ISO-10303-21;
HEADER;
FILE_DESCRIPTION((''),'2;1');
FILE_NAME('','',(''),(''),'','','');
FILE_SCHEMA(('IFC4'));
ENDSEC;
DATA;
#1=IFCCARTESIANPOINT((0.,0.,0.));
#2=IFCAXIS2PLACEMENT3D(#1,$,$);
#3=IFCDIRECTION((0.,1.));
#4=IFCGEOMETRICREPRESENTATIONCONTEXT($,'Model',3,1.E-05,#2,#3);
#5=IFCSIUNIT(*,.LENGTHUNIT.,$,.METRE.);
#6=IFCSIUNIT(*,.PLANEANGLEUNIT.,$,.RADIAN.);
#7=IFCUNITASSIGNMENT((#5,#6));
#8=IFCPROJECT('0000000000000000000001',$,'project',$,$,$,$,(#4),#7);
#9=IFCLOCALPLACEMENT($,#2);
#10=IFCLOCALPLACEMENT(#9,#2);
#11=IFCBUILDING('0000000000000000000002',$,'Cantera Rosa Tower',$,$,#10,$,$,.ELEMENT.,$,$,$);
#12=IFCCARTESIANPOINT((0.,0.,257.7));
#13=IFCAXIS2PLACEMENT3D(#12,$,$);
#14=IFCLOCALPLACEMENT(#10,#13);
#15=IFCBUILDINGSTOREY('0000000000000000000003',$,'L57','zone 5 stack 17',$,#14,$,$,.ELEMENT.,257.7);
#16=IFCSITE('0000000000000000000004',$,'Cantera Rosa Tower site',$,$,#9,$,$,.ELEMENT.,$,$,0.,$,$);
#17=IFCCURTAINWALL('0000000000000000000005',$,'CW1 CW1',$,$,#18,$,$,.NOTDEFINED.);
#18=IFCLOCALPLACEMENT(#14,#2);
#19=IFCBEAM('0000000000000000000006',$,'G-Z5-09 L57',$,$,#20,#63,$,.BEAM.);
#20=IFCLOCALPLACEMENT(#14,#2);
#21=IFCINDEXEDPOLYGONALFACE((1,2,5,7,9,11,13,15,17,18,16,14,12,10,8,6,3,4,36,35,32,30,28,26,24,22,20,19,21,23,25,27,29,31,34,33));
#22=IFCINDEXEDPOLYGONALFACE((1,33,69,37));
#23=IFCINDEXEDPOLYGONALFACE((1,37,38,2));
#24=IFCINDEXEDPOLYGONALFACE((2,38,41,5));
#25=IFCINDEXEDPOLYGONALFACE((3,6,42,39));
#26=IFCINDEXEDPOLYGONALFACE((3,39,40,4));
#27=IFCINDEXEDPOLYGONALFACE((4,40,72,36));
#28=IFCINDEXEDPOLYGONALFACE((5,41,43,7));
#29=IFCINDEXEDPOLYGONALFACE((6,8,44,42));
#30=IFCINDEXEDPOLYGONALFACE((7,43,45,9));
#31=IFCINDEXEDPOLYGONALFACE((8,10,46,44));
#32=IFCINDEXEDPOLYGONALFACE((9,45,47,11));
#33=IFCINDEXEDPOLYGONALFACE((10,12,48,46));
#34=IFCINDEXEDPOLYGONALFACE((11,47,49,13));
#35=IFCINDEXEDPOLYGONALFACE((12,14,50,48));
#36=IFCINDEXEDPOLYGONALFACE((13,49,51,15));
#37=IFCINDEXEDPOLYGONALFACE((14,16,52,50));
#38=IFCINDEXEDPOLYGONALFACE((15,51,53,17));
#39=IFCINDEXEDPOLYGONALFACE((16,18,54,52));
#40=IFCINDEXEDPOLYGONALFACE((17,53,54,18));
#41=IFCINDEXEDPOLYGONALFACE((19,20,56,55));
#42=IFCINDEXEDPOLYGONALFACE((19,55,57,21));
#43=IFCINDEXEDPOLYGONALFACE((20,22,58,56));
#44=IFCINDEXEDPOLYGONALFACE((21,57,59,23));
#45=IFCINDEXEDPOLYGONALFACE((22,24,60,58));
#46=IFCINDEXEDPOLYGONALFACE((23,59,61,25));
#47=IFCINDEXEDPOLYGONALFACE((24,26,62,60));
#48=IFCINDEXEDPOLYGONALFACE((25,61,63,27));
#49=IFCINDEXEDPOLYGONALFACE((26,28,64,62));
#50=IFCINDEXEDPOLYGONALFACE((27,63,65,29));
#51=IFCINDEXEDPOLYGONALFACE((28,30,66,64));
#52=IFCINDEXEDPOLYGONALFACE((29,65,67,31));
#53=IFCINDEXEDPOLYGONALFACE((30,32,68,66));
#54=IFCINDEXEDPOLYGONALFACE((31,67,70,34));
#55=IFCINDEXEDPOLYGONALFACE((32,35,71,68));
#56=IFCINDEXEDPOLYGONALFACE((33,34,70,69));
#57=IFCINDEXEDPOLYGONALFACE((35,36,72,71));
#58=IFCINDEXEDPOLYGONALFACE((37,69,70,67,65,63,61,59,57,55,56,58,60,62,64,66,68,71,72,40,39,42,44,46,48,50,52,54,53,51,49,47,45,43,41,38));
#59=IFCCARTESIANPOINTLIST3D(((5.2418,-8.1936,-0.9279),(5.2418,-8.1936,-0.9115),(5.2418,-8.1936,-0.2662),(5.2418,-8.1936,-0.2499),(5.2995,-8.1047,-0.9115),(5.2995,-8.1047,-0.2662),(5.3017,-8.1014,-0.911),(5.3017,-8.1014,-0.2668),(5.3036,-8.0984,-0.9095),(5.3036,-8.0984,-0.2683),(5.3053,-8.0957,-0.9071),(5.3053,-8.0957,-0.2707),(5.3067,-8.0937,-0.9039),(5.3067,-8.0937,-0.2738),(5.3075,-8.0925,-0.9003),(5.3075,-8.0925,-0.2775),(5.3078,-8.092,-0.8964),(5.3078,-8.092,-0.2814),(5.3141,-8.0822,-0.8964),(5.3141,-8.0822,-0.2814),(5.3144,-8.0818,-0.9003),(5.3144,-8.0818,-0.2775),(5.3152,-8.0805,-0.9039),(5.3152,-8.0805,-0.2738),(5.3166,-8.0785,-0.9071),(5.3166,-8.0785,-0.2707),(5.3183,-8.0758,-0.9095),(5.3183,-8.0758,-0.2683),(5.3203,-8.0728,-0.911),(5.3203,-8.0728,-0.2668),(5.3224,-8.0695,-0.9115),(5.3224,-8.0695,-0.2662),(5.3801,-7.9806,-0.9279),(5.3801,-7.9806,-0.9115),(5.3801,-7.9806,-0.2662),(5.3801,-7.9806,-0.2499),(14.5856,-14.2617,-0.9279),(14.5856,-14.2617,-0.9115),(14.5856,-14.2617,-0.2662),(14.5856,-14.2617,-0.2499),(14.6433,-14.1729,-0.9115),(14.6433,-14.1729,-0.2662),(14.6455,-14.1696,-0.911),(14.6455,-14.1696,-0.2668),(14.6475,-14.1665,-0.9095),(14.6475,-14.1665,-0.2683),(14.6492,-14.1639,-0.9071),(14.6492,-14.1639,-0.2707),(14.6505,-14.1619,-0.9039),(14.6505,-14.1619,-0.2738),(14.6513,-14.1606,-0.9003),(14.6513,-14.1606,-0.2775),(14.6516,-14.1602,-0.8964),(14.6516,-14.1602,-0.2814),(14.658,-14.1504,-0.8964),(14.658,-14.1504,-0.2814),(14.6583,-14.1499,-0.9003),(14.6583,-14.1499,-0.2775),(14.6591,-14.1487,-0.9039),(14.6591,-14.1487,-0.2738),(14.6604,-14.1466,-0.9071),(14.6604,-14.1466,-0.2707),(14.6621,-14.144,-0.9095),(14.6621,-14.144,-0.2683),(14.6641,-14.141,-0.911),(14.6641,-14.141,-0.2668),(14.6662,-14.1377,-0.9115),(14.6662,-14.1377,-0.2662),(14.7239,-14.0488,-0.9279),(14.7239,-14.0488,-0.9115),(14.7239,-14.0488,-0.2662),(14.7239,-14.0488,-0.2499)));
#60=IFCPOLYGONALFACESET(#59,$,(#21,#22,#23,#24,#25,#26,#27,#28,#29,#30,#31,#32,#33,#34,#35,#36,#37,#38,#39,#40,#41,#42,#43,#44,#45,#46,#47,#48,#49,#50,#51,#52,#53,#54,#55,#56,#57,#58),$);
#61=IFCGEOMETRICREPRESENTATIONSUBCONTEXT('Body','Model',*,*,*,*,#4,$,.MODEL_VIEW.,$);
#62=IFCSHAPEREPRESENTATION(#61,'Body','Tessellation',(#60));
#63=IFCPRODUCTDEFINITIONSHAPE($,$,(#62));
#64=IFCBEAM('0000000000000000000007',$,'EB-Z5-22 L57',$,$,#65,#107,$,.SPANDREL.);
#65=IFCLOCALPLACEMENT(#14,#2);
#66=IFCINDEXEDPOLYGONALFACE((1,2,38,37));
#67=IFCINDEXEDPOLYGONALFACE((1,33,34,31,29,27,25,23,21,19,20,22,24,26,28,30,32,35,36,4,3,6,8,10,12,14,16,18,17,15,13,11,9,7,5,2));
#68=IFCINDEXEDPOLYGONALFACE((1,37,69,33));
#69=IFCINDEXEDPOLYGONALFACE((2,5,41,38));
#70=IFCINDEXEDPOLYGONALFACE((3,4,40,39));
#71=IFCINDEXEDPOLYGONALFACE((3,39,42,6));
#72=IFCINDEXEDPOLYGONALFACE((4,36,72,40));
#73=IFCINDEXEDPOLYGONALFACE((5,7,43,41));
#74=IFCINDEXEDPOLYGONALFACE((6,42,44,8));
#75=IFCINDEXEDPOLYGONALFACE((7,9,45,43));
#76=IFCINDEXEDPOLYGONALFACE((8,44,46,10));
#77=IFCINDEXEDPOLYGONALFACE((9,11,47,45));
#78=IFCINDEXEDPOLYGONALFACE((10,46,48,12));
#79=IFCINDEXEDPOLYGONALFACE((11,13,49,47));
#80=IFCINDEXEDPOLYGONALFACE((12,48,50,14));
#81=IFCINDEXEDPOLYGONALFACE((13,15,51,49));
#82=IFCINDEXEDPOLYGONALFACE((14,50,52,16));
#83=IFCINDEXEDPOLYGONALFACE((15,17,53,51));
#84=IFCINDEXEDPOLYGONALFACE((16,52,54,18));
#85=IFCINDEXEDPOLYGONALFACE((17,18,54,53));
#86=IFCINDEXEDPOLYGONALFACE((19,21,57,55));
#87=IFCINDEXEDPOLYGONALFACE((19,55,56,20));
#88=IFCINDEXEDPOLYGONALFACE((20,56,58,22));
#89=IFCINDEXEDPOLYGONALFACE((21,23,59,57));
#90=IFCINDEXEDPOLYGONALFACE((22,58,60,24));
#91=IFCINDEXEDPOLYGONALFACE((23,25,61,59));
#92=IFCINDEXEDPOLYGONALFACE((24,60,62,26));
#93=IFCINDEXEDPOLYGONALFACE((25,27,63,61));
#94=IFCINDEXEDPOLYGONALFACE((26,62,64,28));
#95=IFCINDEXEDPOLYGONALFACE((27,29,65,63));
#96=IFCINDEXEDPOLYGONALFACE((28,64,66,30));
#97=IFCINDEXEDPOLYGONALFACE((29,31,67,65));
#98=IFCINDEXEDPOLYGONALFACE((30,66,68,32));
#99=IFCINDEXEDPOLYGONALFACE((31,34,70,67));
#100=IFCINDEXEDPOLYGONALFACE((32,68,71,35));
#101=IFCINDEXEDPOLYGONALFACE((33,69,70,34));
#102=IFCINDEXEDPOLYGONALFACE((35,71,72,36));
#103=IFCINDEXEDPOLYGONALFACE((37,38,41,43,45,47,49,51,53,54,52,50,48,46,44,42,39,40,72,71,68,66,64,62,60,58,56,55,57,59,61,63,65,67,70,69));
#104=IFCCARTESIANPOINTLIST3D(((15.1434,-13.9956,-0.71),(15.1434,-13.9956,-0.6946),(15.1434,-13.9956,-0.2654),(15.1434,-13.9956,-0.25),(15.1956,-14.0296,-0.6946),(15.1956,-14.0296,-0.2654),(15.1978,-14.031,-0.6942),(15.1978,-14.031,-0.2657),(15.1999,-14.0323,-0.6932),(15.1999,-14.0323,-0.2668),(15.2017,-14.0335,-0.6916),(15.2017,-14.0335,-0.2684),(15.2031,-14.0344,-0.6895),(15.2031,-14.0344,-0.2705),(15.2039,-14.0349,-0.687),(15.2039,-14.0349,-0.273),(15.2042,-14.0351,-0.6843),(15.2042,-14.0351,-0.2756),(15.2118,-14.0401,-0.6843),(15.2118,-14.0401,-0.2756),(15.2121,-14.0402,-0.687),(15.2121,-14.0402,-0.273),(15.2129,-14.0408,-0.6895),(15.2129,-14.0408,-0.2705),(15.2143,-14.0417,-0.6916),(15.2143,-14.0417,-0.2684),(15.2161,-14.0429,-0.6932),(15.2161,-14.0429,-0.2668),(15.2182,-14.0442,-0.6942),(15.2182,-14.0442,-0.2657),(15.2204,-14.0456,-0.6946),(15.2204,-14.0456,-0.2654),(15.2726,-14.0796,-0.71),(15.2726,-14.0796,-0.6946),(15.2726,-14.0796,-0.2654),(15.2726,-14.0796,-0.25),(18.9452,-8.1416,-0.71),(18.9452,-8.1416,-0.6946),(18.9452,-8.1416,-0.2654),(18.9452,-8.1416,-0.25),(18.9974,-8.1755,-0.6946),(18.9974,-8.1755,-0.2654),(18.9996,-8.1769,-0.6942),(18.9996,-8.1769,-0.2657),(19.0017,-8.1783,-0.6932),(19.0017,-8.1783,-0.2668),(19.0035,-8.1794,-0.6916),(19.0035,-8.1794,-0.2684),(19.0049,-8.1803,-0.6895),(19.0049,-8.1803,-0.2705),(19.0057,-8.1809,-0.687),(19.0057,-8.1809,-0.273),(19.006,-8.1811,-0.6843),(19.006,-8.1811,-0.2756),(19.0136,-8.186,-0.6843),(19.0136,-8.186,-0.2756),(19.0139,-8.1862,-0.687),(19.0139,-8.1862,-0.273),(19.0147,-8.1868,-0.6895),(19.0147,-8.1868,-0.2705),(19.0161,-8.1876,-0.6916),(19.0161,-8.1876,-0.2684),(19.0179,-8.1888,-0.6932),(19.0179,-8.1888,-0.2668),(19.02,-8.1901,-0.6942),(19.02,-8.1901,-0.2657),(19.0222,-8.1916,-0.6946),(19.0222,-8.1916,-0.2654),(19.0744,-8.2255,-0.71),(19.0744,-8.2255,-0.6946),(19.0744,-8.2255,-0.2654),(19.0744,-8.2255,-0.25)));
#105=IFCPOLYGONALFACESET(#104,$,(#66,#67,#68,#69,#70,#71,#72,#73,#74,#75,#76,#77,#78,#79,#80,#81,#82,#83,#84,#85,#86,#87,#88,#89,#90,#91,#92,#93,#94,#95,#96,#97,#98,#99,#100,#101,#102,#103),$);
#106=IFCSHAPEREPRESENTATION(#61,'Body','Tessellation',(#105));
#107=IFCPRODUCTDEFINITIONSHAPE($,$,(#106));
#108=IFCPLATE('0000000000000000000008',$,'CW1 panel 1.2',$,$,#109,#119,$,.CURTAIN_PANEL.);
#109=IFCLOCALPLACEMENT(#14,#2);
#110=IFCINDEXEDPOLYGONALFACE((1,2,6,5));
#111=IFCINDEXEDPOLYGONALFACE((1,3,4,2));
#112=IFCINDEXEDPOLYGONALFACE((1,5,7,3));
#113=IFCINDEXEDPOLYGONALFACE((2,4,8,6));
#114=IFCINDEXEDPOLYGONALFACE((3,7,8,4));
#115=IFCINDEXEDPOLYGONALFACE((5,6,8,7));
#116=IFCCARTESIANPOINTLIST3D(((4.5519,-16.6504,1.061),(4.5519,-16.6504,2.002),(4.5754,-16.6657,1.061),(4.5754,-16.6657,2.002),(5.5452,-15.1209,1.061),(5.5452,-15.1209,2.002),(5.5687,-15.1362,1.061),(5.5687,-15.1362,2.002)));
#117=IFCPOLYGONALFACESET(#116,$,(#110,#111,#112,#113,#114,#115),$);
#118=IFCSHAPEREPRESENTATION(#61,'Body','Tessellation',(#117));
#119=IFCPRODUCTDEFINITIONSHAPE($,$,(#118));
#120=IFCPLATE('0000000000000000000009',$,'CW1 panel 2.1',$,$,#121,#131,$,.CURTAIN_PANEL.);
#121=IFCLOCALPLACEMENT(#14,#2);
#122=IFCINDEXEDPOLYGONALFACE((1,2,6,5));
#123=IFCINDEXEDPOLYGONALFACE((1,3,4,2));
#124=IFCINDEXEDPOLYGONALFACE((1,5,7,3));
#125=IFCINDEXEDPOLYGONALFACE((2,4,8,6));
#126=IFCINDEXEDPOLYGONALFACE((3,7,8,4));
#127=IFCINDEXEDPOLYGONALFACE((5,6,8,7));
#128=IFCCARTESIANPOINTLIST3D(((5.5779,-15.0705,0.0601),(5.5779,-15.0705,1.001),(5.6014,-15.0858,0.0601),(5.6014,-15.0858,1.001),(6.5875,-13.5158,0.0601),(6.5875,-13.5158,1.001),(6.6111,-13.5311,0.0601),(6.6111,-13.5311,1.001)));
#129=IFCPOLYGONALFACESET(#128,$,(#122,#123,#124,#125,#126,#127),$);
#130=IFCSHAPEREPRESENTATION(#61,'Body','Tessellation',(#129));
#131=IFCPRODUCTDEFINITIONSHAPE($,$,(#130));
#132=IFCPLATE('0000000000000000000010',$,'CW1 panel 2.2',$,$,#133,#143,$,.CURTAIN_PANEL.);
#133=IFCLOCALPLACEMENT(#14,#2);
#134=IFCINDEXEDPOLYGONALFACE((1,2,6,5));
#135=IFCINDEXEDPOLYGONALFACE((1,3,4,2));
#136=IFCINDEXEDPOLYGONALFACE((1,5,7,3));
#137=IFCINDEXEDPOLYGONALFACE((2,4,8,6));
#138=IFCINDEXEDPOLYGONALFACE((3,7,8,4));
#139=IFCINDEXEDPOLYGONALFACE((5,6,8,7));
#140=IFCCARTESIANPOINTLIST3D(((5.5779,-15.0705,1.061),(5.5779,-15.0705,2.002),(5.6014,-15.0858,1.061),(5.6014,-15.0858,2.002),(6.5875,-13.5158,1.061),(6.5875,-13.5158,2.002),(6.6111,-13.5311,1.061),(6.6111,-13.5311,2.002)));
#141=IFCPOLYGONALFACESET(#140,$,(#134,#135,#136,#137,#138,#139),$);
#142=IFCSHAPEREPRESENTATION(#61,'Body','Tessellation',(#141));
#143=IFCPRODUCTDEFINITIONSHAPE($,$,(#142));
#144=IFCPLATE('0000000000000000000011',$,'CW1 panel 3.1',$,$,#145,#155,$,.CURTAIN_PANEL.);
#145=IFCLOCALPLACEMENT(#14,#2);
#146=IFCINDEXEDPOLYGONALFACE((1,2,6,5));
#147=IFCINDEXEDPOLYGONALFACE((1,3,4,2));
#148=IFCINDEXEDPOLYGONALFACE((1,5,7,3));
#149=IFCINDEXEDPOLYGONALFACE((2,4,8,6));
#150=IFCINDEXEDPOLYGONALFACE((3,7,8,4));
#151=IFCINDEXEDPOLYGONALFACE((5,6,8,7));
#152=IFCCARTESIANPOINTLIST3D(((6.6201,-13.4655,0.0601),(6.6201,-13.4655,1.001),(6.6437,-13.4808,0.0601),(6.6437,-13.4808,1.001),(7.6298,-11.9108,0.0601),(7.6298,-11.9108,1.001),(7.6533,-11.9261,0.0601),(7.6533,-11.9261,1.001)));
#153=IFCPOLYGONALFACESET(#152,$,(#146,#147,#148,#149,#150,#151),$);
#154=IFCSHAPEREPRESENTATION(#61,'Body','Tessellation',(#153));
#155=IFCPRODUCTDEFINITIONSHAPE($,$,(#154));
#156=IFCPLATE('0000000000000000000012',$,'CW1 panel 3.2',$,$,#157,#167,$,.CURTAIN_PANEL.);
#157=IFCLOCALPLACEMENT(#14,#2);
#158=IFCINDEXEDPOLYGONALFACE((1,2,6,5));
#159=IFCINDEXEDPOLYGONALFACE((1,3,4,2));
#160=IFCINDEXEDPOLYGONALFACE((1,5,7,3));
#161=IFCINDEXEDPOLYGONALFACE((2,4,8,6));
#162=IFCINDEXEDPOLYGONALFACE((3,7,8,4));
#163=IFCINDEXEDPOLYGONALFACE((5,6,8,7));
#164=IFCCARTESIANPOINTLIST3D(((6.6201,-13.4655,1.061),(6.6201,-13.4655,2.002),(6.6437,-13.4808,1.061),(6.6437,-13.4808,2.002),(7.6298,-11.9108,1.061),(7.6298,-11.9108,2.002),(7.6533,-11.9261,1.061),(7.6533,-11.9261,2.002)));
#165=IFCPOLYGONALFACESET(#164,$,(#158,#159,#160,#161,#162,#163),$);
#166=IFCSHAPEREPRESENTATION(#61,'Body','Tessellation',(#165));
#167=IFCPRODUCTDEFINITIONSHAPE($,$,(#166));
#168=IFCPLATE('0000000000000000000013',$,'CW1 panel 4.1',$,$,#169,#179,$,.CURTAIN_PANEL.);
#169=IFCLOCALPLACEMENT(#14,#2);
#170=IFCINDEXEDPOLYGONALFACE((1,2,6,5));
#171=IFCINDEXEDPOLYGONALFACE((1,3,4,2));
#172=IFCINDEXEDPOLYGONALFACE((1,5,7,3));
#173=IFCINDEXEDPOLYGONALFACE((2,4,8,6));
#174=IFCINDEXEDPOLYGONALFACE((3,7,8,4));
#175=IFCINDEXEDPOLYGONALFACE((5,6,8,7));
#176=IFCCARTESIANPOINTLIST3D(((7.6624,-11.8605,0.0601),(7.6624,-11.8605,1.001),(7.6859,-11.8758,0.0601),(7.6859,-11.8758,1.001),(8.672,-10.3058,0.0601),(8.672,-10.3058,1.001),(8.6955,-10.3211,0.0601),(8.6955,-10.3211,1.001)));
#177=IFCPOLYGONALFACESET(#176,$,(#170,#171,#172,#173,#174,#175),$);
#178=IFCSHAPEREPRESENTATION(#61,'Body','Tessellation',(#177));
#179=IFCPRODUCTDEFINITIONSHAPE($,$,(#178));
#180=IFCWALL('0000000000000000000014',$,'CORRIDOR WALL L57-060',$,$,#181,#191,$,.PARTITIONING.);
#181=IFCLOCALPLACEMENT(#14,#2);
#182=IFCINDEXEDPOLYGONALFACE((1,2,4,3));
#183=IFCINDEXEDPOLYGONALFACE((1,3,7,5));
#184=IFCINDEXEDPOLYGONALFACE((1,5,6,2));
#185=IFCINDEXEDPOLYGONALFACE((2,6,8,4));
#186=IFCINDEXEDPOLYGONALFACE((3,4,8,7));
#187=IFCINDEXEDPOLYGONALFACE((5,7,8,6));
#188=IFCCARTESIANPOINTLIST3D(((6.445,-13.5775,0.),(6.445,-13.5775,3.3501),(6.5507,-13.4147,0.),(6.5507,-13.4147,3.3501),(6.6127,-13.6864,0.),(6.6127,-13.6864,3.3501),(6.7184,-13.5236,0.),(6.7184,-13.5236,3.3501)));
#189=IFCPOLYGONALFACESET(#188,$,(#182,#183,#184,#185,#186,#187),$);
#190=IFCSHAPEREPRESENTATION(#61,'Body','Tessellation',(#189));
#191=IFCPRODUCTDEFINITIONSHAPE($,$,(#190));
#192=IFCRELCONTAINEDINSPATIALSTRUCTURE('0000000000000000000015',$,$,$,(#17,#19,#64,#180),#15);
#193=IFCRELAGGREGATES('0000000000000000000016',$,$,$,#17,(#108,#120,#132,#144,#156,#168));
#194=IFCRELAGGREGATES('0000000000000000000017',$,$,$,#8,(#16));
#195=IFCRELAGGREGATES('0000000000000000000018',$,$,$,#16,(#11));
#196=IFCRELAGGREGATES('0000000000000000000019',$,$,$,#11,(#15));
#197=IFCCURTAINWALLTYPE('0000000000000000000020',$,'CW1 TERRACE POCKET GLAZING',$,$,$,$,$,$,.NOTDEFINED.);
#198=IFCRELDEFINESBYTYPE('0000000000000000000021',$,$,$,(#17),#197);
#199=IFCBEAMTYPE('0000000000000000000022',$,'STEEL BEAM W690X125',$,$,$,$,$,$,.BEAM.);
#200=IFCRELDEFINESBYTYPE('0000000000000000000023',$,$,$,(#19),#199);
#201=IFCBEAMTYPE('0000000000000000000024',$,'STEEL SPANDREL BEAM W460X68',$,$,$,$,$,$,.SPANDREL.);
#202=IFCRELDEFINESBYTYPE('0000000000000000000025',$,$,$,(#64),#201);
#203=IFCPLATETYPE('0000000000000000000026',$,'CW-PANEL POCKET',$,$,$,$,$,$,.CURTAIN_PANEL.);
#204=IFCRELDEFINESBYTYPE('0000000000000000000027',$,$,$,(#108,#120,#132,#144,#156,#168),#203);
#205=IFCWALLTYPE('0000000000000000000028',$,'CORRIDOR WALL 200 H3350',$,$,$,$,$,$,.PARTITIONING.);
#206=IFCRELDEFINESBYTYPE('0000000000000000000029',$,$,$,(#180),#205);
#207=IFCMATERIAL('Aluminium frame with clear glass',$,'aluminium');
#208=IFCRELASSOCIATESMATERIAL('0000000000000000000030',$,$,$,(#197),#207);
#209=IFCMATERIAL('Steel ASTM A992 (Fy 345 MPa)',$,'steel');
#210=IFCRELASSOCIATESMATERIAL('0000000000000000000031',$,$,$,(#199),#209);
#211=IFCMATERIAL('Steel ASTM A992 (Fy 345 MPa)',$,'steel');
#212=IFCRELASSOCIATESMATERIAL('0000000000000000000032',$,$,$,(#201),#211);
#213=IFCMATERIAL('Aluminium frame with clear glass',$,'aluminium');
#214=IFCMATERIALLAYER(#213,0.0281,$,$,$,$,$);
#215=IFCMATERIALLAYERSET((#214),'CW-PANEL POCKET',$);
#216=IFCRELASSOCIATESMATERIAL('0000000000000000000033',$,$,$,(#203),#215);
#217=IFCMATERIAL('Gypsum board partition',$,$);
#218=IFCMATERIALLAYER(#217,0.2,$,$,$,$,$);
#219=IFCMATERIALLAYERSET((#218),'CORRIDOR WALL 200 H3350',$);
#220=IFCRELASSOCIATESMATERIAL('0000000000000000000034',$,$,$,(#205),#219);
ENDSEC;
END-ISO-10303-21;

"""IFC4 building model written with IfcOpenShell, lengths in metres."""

from ifc_helpers import new_model, si_unit, direction, frame, frame_2d, origin, origin_2d, place, context, subcontext, project, spatial, rectangle, i_section, extrude, material, layer, layer_set, material_profile, profile_set, type_object, element, aggregate, save


model = new_model("IFC4")

# Units and contexts
model_context = context("Model", 3, precision=1e-05, world=origin(), true_north=direction((0.0, 1.0)))
body_context = subcontext(model_context, "Body", "Model", "MODEL_VIEW")
ifc_project = project(units=[si_unit("LENGTHUNIT", "METRE"), si_unit("PLANEANGLEUNIT", "RADIAN")], contexts=[model_context])

# Site, building, storey
site_placement = place(None, origin())
site = spatial("IfcSite", under=ifc_project, at=site_placement, Name="Cantera Rosa Tower site", CompositionType="ELEMENT", RefElevation=0.0)
building_placement = place(site_placement, origin())
building = spatial("IfcBuilding", under=site, at=building_placement, Name="Cantera Rosa Tower", CompositionType="ELEMENT")
storey_placement = place(building_placement, frame((0.0, 0.0, 257.7)))
storey = spatial("IfcBuildingStorey", under=building, at=storey_placement, Name="L57", Description="zone 5 stack 17", CompositionType="ELEMENT", Elevation=257.7)

# Curtain wall
ifc_material_1 = material(Name="Aluminium frame with clear glass", Category="aluminium")
curtain_wall_type = type_object("IfcCurtainWallType", Name="CW1 TERRACE POCKET GLAZING", PredefinedType="NOTDEFINED", material=ifc_material_1)
curtain_wall_placement = place(storey_placement, origin())
curtain_wall = element("IfcCurtainWall", 1, at=curtain_wall_placement, inside=storey, type_object=curtain_wall_type, Name="CW1 CW1", PredefinedType="NOTDEFINED")

# Beams
ifc_material_2 = material(Name="Steel ASTM A992 (Fy 345 MPa)", Category="steel")
ifc_material_profile_1 = material_profile(ifc_material_2, i_section(OverallWidth=0.2539, OverallDepth=0.678, WebThickness=0.0117, FlangeThickness=0.0164, FilletRadius=0.0151, at=origin_2d()), Name="W690X125")
ifc_profile_set_1 = profile_set([ifc_material_profile_1], Name="Steel ASTM A992 (Fy 345 MPa)")
beam_type_1 = type_object("IfcBeamType", Name="STEEL BEAM W690X125", PredefinedType="BEAM", material=ifc_profile_set_1)
beam_1_placement = place(storey_placement, frame((14.6548, -14.1553, -0.5889), z_axis=(-0.838662, 0.544652, 0.0), x_axis=(-0.544652, -0.838662, 0.0)))
element("IfcBeam", 2, at=beam_1_placement, inside=storey, type_object=beam_type_1, Name="G-Z5-09 L57", PredefinedType="BEAM", context=body_context, shape_type="SweptSolid", body=[
    extrude(i_section(OverallWidth=0.2539, OverallDepth=0.678, WebThickness=0.0117, FlangeThickness=0.0164, FilletRadius=0.0151, at=origin_2d()), origin(), (0.0, 0.0, 1.0), 11.1414),
])
ifc_material_3 = material(Name="Steel ASTM A992 (Fy 345 MPa)", Category="steel")
ifc_material_profile_2 = material_profile(ifc_material_3, i_section(OverallWidth=0.1541, OverallDepth=0.46, WebThickness=0.009, FlangeThickness=0.0154, FilletRadius=0.0103, at=origin_2d()), Name="W460X68")
ifc_profile_set_2 = profile_set([ifc_material_profile_2], Name="Steel ASTM A992 (Fy 345 MPa)")
beam_type_2 = type_object("IfcBeamType", Name="STEEL SPANDREL BEAM W460X68", PredefinedType="SPANDREL", material=ifc_profile_set_2)
beam_2_placement = place(storey_placement, frame((15.208, -14.0376, -0.48), z_axis=(0.544651, 0.838663, 0.0), x_axis=(-0.838663, 0.544651, 0.0)))
element("IfcBeam", 3, at=beam_2_placement, inside=storey, type_object=beam_type_2, Name="EB-Z5-22 L57", PredefinedType="SPANDREL", context=body_context, shape_type="SweptSolid", body=[
    extrude(i_section(OverallWidth=0.1541, OverallDepth=0.46, WebThickness=0.009, FlangeThickness=0.0154, FilletRadius=0.0103, at=origin_2d()), origin(), (0.0, 0.0, 1.0), 6.9802),
])

# Plates
ifc_material_4 = material(Name="Aluminium frame with clear glass", Category="aluminium")
ifc_layer_1 = layer(ifc_material_4, 0.0281)
ifc_layer_set_1 = layer_set([ifc_layer_1], Name="CW-PANEL POCKET")
plate_type = type_object("IfcPlateType", Name="CW-PANEL POCKET", PredefinedType="CURTAIN_PANEL", material=ifc_layer_set_1)
plate_1_placement = place(storey_placement, frame((5.0603, -15.8933, 1.061), z_axis=(0.0, 0.0, 1.0), x_axis=(0.544639, 0.838671, 0.0)))
plate_1 = element("IfcPlate", 4, at=plate_1_placement, type_object=plate_type, Name="CW1 panel 1.2", PredefinedType="CURTAIN_PANEL", context=body_context, shape_type="SweptSolid", body=[
    extrude(rectangle(XDim=1.8237, YDim=0.0281, at=origin_2d()), origin(), (0.0, 0.0, 1.0), 0.9409),
])
plate_2_placement = place(storey_placement, frame((6.0945, -14.3008, 0.0601), z_axis=(0.0, 0.0, 1.0), x_axis=(0.544639, 0.838671, 0.0)))
plate_2 = element("IfcPlate", 5, at=plate_2_placement, type_object=plate_type, Name="CW1 panel 2.1", PredefinedType="CURTAIN_PANEL", context=body_context, shape_type="SweptSolid", body=[
    extrude(rectangle(XDim=1.8538, YDim=0.0281, at=origin_2d()), origin(), (0.0, 0.0, 1.0), 0.9409),
])
plate_3_placement = place(storey_placement, frame((6.0945, -14.3008, 1.061), z_axis=(0.0, 0.0, 1.0), x_axis=(0.544639, 0.838671, 0.0)))
plate_3 = element("IfcPlate", 6, at=plate_3_placement, type_object=plate_type, Name="CW1 panel 2.2", PredefinedType="CURTAIN_PANEL", context=body_context, shape_type="SweptSolid", body=[
    extrude(rectangle(XDim=1.8538, YDim=0.0281, at=origin_2d()), origin(), (0.0, 0.0, 1.0), 0.9409),
])
plate_4_placement = place(storey_placement, frame((7.1367, -12.6958, 0.0601), z_axis=(0.0, 0.0, 1.0), x_axis=(0.544639, 0.838671, 0.0)))
plate_4 = element("IfcPlate", 7, at=plate_4_placement, type_object=plate_type, Name="CW1 panel 3.1", PredefinedType="CURTAIN_PANEL", context=body_context, shape_type="SweptSolid", body=[
    extrude(rectangle(XDim=1.8538, YDim=0.0281, at=origin_2d()), origin(), (0.0, 0.0, 1.0), 0.9409),
])
plate_5_placement = place(storey_placement, frame((7.1367, -12.6958, 1.061), z_axis=(0.0, 0.0, 1.0), x_axis=(0.544639, 0.838671, 0.0)))
plate_5 = element("IfcPlate", 8, at=plate_5_placement, type_object=plate_type, Name="CW1 panel 3.2", PredefinedType="CURTAIN_PANEL", context=body_context, shape_type="SweptSolid", body=[
    extrude(rectangle(XDim=1.8538, YDim=0.0281, at=origin_2d()), origin(), (0.0, 0.0, 1.0), 0.9409),
])
plate_6_placement = place(storey_placement, frame((8.179, -11.0908, 0.0601), z_axis=(0.0, 0.0, 1.0), x_axis=(0.544639, 0.838671, 0.0)))
plate_6 = element("IfcPlate", 9, at=plate_6_placement, type_object=plate_type, Name="CW1 panel 4.1", PredefinedType="CURTAIN_PANEL", context=body_context, shape_type="SweptSolid", body=[
    extrude(rectangle(XDim=1.8538, YDim=0.0281, at=origin_2d()), origin(), (0.0, 0.0, 1.0), 0.9409),
])
aggregate(curtain_wall, [plate_1, plate_2, plate_3, plate_4, plate_5, plate_6])

# Wall
ifc_material_5 = material(Name="Gypsum board partition")
ifc_layer_2 = layer(ifc_material_5, 0.2)
ifc_layer_set_2 = layer_set([ifc_layer_2], Name="CORRIDOR WALL 200 H3350")
wall_type_1 = type_object("IfcWallType", Name="CORRIDOR WALL 200 H3350", PredefinedType="PARTITIONING", material=ifc_layer_set_2)
wall_1_placement = place(storey_placement, frame((6.5288, -13.6321, 0.0), z_axis=(0.0, 0.0, 1.0), x_axis=(0.544502, 0.83876, 0.0)))
element("IfcWall", 10, at=wall_1_placement, inside=storey, type_object=wall_type_1, Name="CORRIDOR WALL L57-060", PredefinedType="PARTITIONING", context=body_context, shape_type="SweptSolid", body=[
    extrude(rectangle(XDim=0.1941, YDim=0.2, at=frame_2d((0.0972, 0.0))), origin(), (0.0, 0.0, 1.0), 3.3501),
])

save(model, "model.ifc")
